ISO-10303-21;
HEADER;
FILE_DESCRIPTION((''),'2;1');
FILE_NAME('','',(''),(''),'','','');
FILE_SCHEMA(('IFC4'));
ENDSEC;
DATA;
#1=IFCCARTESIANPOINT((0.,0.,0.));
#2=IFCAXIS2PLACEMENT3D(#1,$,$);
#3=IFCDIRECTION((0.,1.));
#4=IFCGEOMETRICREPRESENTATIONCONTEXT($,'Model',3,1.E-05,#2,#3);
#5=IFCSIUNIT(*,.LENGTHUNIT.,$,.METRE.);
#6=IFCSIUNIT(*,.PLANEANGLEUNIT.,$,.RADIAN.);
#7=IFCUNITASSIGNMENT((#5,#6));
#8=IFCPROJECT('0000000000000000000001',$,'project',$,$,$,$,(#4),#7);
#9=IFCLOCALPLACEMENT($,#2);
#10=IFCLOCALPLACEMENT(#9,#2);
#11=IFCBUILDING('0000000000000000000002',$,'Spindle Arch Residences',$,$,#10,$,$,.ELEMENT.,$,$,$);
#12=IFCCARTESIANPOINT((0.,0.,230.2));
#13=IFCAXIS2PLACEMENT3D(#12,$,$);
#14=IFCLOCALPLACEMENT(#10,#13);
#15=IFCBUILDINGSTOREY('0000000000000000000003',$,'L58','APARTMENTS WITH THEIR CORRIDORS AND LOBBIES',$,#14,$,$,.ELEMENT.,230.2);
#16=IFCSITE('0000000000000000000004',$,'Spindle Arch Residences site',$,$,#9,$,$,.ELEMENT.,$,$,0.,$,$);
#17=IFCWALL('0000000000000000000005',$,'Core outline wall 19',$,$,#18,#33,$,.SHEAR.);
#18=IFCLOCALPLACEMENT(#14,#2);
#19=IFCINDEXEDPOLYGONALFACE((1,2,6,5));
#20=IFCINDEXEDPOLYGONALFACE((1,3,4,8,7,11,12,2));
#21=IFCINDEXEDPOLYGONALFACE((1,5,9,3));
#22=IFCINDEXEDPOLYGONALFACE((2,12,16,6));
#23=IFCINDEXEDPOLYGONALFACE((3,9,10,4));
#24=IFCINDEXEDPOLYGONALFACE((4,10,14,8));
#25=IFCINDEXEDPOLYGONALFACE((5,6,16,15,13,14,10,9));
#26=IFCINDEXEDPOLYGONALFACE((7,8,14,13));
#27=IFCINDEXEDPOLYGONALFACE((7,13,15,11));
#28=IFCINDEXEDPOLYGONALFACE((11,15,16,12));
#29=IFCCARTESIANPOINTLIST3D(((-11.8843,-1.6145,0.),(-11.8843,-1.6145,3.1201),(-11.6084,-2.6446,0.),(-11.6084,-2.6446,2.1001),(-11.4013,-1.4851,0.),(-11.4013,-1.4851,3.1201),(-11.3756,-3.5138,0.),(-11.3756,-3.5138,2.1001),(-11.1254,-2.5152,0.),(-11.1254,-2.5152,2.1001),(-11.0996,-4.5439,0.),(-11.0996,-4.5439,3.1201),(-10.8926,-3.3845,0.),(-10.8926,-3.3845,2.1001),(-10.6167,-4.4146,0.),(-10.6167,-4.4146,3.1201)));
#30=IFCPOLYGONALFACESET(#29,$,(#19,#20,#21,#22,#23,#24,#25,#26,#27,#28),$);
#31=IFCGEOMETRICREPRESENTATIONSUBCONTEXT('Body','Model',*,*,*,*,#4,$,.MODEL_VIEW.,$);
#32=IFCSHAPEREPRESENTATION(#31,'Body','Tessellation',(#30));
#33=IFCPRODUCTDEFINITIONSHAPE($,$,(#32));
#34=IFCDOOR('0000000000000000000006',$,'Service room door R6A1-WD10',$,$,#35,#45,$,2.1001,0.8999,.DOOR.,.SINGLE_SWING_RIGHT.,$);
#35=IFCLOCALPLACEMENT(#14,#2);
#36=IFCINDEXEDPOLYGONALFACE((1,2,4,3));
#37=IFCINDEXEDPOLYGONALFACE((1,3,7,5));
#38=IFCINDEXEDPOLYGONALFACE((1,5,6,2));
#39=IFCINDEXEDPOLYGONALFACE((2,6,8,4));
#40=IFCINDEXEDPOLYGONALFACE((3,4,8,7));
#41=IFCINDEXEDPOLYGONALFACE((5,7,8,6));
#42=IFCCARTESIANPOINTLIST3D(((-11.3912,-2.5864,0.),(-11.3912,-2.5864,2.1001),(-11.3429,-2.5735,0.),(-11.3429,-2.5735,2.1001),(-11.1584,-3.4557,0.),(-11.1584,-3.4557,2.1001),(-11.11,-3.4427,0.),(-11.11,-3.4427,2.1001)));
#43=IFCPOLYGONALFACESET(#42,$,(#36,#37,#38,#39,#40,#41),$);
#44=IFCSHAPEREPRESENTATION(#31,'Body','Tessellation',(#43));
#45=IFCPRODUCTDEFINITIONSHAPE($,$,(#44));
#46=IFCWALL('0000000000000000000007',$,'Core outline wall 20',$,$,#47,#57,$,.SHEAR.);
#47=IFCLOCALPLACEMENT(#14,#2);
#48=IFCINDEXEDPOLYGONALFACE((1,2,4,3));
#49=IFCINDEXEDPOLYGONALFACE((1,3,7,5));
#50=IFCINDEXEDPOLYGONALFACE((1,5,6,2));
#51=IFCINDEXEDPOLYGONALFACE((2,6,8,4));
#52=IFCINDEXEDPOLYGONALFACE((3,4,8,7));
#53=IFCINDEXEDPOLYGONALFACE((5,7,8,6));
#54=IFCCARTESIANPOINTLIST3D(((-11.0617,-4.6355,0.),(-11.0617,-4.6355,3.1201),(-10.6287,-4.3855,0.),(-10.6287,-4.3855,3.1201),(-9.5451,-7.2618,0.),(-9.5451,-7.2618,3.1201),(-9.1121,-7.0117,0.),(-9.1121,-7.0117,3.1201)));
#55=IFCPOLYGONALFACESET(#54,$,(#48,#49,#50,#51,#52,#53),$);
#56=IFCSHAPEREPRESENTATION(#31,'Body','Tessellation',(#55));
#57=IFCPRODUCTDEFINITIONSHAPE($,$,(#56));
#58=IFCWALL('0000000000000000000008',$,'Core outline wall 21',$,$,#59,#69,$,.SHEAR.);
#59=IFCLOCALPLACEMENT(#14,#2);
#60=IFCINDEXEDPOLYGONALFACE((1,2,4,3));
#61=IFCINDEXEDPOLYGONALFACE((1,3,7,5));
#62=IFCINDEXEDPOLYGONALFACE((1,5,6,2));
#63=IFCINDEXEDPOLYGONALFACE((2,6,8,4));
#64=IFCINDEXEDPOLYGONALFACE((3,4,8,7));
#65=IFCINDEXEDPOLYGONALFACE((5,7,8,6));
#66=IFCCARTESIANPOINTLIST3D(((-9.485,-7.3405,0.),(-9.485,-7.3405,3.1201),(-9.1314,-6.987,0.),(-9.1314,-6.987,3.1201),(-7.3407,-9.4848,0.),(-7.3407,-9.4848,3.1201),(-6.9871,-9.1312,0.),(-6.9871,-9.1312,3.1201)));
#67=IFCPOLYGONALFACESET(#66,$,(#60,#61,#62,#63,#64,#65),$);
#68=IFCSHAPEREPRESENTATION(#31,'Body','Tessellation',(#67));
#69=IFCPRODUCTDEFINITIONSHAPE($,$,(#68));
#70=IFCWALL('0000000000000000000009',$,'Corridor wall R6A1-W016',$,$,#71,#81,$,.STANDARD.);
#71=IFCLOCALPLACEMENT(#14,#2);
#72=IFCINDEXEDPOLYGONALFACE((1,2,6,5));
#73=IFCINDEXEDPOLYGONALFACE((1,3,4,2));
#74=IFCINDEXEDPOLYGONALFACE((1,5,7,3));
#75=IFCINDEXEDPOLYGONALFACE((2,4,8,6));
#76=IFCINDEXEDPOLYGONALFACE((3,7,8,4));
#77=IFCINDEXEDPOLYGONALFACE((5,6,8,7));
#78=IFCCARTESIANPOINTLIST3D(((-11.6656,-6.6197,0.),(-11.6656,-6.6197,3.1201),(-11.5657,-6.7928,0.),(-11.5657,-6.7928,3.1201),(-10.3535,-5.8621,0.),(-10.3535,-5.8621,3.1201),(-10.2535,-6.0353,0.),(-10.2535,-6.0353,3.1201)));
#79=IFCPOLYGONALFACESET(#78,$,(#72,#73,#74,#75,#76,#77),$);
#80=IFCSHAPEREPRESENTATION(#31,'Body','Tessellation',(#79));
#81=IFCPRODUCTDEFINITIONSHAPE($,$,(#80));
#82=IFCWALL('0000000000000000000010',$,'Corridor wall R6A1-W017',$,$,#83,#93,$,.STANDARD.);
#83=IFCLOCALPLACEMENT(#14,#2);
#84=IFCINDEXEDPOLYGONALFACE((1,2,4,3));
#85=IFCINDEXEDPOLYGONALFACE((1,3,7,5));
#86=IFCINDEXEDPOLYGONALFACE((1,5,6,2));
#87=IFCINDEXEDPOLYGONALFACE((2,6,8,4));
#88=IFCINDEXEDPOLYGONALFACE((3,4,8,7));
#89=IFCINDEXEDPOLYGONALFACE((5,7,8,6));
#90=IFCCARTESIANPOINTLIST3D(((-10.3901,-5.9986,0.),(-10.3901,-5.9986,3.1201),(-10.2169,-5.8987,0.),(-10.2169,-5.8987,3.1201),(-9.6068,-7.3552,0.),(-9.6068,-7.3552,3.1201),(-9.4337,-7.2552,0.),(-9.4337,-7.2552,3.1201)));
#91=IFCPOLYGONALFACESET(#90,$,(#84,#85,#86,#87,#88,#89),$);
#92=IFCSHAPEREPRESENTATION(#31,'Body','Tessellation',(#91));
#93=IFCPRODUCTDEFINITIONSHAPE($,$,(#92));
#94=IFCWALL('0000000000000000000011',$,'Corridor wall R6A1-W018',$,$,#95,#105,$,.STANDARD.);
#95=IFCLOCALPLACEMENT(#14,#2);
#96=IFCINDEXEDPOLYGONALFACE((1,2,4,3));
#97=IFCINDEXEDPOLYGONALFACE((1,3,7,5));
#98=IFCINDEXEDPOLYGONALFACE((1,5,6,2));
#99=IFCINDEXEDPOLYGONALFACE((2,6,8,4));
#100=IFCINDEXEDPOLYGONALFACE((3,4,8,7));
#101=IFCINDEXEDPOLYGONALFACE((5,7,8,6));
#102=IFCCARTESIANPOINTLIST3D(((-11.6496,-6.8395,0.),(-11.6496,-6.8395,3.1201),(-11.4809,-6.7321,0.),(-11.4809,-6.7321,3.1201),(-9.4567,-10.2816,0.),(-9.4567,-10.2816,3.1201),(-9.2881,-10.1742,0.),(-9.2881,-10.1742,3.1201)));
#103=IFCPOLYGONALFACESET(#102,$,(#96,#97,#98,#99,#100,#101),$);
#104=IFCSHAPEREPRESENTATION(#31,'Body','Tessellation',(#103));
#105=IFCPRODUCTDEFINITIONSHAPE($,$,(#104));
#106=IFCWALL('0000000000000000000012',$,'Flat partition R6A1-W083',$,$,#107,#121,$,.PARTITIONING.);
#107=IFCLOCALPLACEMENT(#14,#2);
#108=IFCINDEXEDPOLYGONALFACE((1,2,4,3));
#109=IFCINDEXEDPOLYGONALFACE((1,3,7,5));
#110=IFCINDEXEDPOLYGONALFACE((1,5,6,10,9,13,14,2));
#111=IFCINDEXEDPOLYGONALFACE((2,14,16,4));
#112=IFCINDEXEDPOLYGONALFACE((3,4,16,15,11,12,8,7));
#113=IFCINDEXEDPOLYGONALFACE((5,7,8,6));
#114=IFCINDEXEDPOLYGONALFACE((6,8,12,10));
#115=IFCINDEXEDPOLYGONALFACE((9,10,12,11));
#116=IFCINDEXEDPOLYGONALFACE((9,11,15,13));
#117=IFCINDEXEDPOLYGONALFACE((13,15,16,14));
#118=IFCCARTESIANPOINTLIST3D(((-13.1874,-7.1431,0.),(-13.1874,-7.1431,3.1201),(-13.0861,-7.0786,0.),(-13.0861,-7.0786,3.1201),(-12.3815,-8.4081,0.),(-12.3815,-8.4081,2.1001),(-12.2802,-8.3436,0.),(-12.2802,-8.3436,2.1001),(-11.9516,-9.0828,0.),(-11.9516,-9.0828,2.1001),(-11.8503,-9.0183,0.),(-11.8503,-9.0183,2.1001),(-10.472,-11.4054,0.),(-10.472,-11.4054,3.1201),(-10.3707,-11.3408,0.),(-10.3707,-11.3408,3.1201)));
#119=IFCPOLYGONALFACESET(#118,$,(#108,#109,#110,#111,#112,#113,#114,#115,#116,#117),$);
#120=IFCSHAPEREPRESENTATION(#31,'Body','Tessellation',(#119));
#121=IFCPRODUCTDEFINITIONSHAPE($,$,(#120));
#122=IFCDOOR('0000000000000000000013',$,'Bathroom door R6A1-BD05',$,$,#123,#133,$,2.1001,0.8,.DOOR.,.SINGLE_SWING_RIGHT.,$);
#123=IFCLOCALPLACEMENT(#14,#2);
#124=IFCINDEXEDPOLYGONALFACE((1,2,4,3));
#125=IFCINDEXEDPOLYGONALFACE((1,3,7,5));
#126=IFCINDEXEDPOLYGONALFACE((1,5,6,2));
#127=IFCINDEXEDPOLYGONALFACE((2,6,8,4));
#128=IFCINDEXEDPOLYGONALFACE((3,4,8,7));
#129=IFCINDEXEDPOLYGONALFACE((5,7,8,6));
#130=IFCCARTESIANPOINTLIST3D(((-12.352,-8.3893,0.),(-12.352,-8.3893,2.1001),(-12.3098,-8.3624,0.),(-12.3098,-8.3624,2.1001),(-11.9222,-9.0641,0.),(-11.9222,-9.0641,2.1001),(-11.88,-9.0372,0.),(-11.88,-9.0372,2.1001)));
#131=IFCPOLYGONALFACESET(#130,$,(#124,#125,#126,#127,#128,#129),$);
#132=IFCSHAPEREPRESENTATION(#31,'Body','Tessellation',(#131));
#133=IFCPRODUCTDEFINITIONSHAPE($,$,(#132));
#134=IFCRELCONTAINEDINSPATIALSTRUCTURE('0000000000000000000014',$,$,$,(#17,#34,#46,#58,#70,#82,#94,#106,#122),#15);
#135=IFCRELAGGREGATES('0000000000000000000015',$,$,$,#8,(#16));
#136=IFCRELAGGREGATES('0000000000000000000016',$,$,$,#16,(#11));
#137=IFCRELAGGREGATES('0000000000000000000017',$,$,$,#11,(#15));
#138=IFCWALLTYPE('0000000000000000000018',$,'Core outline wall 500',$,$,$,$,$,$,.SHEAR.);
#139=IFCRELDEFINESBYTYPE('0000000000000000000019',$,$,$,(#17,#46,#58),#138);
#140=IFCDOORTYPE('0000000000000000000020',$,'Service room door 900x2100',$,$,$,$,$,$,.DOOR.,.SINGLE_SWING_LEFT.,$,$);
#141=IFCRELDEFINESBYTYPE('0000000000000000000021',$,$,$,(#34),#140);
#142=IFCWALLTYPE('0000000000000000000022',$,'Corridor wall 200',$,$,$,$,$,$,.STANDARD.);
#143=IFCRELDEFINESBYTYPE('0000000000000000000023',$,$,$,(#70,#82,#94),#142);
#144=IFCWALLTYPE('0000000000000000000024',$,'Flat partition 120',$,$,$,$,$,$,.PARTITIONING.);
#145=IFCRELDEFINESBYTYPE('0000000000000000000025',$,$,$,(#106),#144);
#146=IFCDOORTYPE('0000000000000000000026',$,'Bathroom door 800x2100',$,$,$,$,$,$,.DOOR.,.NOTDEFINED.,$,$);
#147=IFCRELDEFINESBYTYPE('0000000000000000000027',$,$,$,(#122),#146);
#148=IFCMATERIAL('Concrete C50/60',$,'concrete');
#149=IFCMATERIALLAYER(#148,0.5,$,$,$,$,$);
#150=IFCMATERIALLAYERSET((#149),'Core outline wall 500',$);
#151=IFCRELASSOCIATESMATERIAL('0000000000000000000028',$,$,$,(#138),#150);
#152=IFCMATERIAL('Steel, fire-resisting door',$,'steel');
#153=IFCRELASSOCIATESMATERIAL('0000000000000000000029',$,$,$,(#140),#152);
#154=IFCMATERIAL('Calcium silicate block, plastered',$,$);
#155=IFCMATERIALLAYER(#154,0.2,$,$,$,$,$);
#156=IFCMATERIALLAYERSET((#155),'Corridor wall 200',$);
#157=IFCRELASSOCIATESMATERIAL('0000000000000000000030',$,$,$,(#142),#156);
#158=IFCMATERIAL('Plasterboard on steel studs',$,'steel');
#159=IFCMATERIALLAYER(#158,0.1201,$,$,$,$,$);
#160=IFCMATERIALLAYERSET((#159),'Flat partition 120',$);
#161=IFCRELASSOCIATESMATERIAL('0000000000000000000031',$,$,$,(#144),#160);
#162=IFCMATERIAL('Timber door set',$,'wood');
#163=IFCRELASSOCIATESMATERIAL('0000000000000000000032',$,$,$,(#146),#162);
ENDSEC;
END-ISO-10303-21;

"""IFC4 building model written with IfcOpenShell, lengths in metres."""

from ifc_helpers import new_model, si_unit, direction, frame, frame_2d, origin, place, context, subcontext, project, spatial, rectangle, extrude, material, layer, layer_set, type_object, element, fill, save


model = new_model("IFC4")

# Units and contexts
model_context = context("Model", 3, precision=1e-05, world=origin(), true_north=direction((0.0, 1.0)))
body_context = subcontext(model_context, "Body", "Model", "MODEL_VIEW")
ifc_project = project(units=[si_unit("LENGTHUNIT", "METRE"), si_unit("PLANEANGLEUNIT", "RADIAN")], contexts=[model_context])

# Site, building, storey
site_placement = place(None, origin())
site = spatial("IfcSite", under=ifc_project, at=site_placement, Name="Spindle Arch Residences site", CompositionType="ELEMENT", RefElevation=0.0)
building_placement = place(site_placement, origin())
building = spatial("IfcBuilding", under=site, at=building_placement, Name="Spindle Arch Residences", CompositionType="ELEMENT")
storey_placement = place(building_placement, frame((0.0, 0.0, 230.2)))
storey = spatial("IfcBuildingStorey", under=building, at=storey_placement, Name="L58", Description="APARTMENTS WITH THEIR CORRIDORS AND LOBBIES", CompositionType="ELEMENT", Elevation=230.2)

# Wall, opening, door
ifc_material_1 = material(Name="Concrete C50/60", Category="concrete")
ifc_layer_1 = layer(ifc_material_1, 0.5)
ifc_layer_set_1 = layer_set([ifc_layer_1], Name="Core outline wall 500")
wall_type_1 = type_object("IfcWallType", Name="Core outline wall 500", PredefinedType="SHEAR", material=ifc_layer_set_1)
wall_1_placement = place(storey_placement, frame((-11.6428, -1.5498, 0.0), z_axis=(0.0, 0.0, 1.0), x_axis=(0.258735, -0.965948, 0.0)))
wall_1 = element("IfcWall", 1, at=wall_1_placement, inside=storey, type_object=wall_type_1, Name="Core outline wall 19", PredefinedType="SHEAR", context=body_context, shape_type="SweptSolid", body=[
    extrude(rectangle(XDim=3.0327, YDim=0.5, at=frame_2d((1.5164, 0.0))), origin(), (0.0, 0.0, 1.0), 3.1201),
])
opening_1_placement = place(wall_1_placement, frame((1.0664, 0.0, 0.0)))
opening_1 = element("IfcOpeningElement", 2, at=opening_1_placement, cuts=wall_1, PredefinedType="OPENING", context=body_context, shape_type="SweptSolid", body=[
    extrude(rectangle(XDim=0.8999, YDim=2.1001, at=frame_2d((0.45, 1.05))), frame((0.0, 0.26, 0.0), z_axis=(0.0, -1.0, 0.0), x_axis=(1.0, 0.0, 0.0)), (0.0, 0.0, 1.0), 0.52),
])
ifc_material_2 = material(Name="Steel, fire-resisting door", Category="steel")
door_type_1 = type_object("IfcDoorType", Name="Service room door 900x2100", OperationType="SINGLE_SWING_LEFT", PredefinedType="DOOR", material=ifc_material_2)
door_1_placement = place(opening_1_placement, origin())
door_1 = element("IfcDoor", 3, at=door_1_placement, inside=storey, type_object=door_type_1, Name="Service room door R6A1-WD10", OperationType="SINGLE_SWING_RIGHT", OverallHeight=2.1001, OverallWidth=0.8999, PredefinedType="DOOR", context=body_context, shape_type="SweptSolid", body=[
    extrude(rectangle(XDim=0.8999, YDim=2.1001, at=frame_2d((0.45, 1.05))), frame((0.0, 0.0249, 0.0), z_axis=(0.0, -1.0, 0.0), x_axis=(1.0, 0.0, 0.0)), (0.0, 0.0, 1.0), 0.05),
])
fill(opening_1, door_1)

# Walls
wall_2_placement = place(storey_placement, frame((-10.8452, -4.5105, 0.0), z_axis=(0.0, 0.0, 1.0), x_axis=(0.500087, -0.865975, 0.0)))
element("IfcWall", 4, at=wall_2_placement, inside=storey, type_object=wall_type_1, Name="Core outline wall 20", PredefinedType="SHEAR", context=body_context, shape_type="SweptSolid", body=[
    extrude(rectangle(XDim=3.0327, YDim=0.5, at=frame_2d((1.5164, 0.0))), origin(), (0.0, 0.0, 1.0), 3.1201),
])
wall_3_placement = place(storey_placement, frame((-9.3081, -7.1638, 0.0), z_axis=(0.0, 0.0, 1.0), x_axis=(0.707107, -0.707107, 0.0)))
element("IfcWall", 5, at=wall_3_placement, inside=storey, type_object=wall_type_1, Name="Core outline wall 21", PredefinedType="SHEAR", context=body_context, shape_type="SweptSolid", body=[
    extrude(rectangle(XDim=3.0325, YDim=0.5, at=frame_2d((1.5161, 0.0))), origin(), (0.0, 0.0, 1.0), 3.1201),
])
ifc_material_3 = material(Name="Calcium silicate block, plastered")
ifc_layer_2 = layer(ifc_material_3, 0.2)
ifc_layer_set_2 = layer_set([ifc_layer_2], Name="Corridor wall 200")
wall_type_2 = type_object("IfcWallType", Name="Corridor wall 200", PredefinedType="STANDARD", material=ifc_layer_set_2)
wall_4_placement = place(storey_placement, frame((-10.3035, -5.9487, 0.0), z_axis=(0.0, 0.0, 1.0), x_axis=(-0.866043, -0.499969, 0.0)))
element("IfcWall", 6, at=wall_4_placement, inside=storey, type_object=wall_type_2, Name="Corridor wall R6A1-W016", PredefinedType="STANDARD", context=body_context, shape_type="SweptSolid", body=[
    extrude(rectangle(XDim=1.5151, YDim=0.2, at=frame_2d((0.7576, 0.0))), origin(), (0.0, 0.0, 1.0), 3.1201),
])
wall_5_placement = place(storey_placement, frame((-9.5203, -7.3052, 0.0), z_axis=(0.0, 0.0, 1.0), x_axis=(-0.500028, 0.866009, 0.0)))
element("IfcWall", 7, at=wall_5_placement, inside=storey, type_object=wall_type_2, Name="Corridor wall R6A1-W017", PredefinedType="STANDARD", context=body_context, shape_type="SweptSolid", body=[
    extrude(rectangle(XDim=1.5664, YDim=0.2, at=frame_2d((0.7832, 0.0))), origin(), (0.0, 0.0, 1.0), 3.1201),
])
wall_6_placement = place(storey_placement, frame((-11.5652, -6.7859, 0.0), z_axis=(0.0, 0.0, 1.0), x_axis=(0.537297, -0.843393, 0.0)))
element("IfcWall", 8, at=wall_6_placement, inside=storey, type_object=wall_type_2, Name="Corridor wall R6A1-W018", PredefinedType="STANDARD", context=body_context, shape_type="SweptSolid", body=[
    extrude(rectangle(XDim=4.0813, YDim=0.2, at=frame_2d((2.0405, 0.0))), origin(), (0.0, 0.0, 1.0), 3.1201),
])

# Wall, opening, door
ifc_material_4 = material(Name="Plasterboard on steel studs", Category="steel")
ifc_layer_3 = layer(ifc_material_4, 0.1201)
ifc_layer_set_3 = layer_set([ifc_layer_3], Name="Flat partition 120")
wall_type_3 = type_object("IfcWallType", Name="Flat partition 120", PredefinedType="PARTITIONING", material=ifc_layer_set_3)
wall_7_placement = place(storey_placement, frame((-13.1367, -7.1108, 0.0), z_axis=(0.0, 0.0, 1.0), x_axis=(0.537301, -0.843391, 0.0)))
wall_7 = element("IfcWall", 9, at=wall_7_placement, inside=storey, type_object=wall_type_3, Name="Flat partition R6A1-W083", PredefinedType="PARTITIONING", context=body_context, shape_type="SweptSolid", body=[
    extrude(rectangle(XDim=5.0537, YDim=0.1201, at=frame_2d((2.5269, 0.0))), origin(), (0.0, 0.0, 1.0), 3.1201),
])
opening_2_placement = place(wall_7_placement, frame((1.5, 0.0, 0.0)))
opening_2 = element("IfcOpeningElement", 10, at=opening_2_placement, cuts=wall_7, PredefinedType="OPENING", context=body_context, shape_type="SweptSolid", body=[
    extrude(rectangle(XDim=0.8, YDim=2.1001, at=frame_2d((0.3999, 1.05))), frame((0.0, 0.0701, 0.0), z_axis=(0.0, -1.0, 0.0), x_axis=(1.0, 0.0, 0.0)), (0.0, 0.0, 1.0), 0.1401),
])
ifc_material_5 = material(Name="Timber door set", Category="wood")
door_type_2 = type_object("IfcDoorType", Name="Bathroom door 800x2100", OperationType="NOTDEFINED", PredefinedType="DOOR", material=ifc_material_5)
door_2_placement = place(opening_2_placement, origin())
door_2 = element("IfcDoor", 11, at=door_2_placement, inside=storey, type_object=door_type_2, Name="Bathroom door R6A1-BD05", OperationType="SINGLE_SWING_RIGHT", OverallHeight=2.1001, OverallWidth=0.8, PredefinedType="DOOR", context=body_context, shape_type="SweptSolid", body=[
    extrude(rectangle(XDim=0.8, YDim=2.1001, at=frame_2d((0.3999, 1.05))), frame((0.0, 0.0249, 0.0), z_axis=(0.0, -1.0, 0.0), x_axis=(1.0, 0.0, 0.0)), (0.0, 0.0, 1.0), 0.05),
])
fill(opening_2, door_2)

save(model, "model.ifc")
